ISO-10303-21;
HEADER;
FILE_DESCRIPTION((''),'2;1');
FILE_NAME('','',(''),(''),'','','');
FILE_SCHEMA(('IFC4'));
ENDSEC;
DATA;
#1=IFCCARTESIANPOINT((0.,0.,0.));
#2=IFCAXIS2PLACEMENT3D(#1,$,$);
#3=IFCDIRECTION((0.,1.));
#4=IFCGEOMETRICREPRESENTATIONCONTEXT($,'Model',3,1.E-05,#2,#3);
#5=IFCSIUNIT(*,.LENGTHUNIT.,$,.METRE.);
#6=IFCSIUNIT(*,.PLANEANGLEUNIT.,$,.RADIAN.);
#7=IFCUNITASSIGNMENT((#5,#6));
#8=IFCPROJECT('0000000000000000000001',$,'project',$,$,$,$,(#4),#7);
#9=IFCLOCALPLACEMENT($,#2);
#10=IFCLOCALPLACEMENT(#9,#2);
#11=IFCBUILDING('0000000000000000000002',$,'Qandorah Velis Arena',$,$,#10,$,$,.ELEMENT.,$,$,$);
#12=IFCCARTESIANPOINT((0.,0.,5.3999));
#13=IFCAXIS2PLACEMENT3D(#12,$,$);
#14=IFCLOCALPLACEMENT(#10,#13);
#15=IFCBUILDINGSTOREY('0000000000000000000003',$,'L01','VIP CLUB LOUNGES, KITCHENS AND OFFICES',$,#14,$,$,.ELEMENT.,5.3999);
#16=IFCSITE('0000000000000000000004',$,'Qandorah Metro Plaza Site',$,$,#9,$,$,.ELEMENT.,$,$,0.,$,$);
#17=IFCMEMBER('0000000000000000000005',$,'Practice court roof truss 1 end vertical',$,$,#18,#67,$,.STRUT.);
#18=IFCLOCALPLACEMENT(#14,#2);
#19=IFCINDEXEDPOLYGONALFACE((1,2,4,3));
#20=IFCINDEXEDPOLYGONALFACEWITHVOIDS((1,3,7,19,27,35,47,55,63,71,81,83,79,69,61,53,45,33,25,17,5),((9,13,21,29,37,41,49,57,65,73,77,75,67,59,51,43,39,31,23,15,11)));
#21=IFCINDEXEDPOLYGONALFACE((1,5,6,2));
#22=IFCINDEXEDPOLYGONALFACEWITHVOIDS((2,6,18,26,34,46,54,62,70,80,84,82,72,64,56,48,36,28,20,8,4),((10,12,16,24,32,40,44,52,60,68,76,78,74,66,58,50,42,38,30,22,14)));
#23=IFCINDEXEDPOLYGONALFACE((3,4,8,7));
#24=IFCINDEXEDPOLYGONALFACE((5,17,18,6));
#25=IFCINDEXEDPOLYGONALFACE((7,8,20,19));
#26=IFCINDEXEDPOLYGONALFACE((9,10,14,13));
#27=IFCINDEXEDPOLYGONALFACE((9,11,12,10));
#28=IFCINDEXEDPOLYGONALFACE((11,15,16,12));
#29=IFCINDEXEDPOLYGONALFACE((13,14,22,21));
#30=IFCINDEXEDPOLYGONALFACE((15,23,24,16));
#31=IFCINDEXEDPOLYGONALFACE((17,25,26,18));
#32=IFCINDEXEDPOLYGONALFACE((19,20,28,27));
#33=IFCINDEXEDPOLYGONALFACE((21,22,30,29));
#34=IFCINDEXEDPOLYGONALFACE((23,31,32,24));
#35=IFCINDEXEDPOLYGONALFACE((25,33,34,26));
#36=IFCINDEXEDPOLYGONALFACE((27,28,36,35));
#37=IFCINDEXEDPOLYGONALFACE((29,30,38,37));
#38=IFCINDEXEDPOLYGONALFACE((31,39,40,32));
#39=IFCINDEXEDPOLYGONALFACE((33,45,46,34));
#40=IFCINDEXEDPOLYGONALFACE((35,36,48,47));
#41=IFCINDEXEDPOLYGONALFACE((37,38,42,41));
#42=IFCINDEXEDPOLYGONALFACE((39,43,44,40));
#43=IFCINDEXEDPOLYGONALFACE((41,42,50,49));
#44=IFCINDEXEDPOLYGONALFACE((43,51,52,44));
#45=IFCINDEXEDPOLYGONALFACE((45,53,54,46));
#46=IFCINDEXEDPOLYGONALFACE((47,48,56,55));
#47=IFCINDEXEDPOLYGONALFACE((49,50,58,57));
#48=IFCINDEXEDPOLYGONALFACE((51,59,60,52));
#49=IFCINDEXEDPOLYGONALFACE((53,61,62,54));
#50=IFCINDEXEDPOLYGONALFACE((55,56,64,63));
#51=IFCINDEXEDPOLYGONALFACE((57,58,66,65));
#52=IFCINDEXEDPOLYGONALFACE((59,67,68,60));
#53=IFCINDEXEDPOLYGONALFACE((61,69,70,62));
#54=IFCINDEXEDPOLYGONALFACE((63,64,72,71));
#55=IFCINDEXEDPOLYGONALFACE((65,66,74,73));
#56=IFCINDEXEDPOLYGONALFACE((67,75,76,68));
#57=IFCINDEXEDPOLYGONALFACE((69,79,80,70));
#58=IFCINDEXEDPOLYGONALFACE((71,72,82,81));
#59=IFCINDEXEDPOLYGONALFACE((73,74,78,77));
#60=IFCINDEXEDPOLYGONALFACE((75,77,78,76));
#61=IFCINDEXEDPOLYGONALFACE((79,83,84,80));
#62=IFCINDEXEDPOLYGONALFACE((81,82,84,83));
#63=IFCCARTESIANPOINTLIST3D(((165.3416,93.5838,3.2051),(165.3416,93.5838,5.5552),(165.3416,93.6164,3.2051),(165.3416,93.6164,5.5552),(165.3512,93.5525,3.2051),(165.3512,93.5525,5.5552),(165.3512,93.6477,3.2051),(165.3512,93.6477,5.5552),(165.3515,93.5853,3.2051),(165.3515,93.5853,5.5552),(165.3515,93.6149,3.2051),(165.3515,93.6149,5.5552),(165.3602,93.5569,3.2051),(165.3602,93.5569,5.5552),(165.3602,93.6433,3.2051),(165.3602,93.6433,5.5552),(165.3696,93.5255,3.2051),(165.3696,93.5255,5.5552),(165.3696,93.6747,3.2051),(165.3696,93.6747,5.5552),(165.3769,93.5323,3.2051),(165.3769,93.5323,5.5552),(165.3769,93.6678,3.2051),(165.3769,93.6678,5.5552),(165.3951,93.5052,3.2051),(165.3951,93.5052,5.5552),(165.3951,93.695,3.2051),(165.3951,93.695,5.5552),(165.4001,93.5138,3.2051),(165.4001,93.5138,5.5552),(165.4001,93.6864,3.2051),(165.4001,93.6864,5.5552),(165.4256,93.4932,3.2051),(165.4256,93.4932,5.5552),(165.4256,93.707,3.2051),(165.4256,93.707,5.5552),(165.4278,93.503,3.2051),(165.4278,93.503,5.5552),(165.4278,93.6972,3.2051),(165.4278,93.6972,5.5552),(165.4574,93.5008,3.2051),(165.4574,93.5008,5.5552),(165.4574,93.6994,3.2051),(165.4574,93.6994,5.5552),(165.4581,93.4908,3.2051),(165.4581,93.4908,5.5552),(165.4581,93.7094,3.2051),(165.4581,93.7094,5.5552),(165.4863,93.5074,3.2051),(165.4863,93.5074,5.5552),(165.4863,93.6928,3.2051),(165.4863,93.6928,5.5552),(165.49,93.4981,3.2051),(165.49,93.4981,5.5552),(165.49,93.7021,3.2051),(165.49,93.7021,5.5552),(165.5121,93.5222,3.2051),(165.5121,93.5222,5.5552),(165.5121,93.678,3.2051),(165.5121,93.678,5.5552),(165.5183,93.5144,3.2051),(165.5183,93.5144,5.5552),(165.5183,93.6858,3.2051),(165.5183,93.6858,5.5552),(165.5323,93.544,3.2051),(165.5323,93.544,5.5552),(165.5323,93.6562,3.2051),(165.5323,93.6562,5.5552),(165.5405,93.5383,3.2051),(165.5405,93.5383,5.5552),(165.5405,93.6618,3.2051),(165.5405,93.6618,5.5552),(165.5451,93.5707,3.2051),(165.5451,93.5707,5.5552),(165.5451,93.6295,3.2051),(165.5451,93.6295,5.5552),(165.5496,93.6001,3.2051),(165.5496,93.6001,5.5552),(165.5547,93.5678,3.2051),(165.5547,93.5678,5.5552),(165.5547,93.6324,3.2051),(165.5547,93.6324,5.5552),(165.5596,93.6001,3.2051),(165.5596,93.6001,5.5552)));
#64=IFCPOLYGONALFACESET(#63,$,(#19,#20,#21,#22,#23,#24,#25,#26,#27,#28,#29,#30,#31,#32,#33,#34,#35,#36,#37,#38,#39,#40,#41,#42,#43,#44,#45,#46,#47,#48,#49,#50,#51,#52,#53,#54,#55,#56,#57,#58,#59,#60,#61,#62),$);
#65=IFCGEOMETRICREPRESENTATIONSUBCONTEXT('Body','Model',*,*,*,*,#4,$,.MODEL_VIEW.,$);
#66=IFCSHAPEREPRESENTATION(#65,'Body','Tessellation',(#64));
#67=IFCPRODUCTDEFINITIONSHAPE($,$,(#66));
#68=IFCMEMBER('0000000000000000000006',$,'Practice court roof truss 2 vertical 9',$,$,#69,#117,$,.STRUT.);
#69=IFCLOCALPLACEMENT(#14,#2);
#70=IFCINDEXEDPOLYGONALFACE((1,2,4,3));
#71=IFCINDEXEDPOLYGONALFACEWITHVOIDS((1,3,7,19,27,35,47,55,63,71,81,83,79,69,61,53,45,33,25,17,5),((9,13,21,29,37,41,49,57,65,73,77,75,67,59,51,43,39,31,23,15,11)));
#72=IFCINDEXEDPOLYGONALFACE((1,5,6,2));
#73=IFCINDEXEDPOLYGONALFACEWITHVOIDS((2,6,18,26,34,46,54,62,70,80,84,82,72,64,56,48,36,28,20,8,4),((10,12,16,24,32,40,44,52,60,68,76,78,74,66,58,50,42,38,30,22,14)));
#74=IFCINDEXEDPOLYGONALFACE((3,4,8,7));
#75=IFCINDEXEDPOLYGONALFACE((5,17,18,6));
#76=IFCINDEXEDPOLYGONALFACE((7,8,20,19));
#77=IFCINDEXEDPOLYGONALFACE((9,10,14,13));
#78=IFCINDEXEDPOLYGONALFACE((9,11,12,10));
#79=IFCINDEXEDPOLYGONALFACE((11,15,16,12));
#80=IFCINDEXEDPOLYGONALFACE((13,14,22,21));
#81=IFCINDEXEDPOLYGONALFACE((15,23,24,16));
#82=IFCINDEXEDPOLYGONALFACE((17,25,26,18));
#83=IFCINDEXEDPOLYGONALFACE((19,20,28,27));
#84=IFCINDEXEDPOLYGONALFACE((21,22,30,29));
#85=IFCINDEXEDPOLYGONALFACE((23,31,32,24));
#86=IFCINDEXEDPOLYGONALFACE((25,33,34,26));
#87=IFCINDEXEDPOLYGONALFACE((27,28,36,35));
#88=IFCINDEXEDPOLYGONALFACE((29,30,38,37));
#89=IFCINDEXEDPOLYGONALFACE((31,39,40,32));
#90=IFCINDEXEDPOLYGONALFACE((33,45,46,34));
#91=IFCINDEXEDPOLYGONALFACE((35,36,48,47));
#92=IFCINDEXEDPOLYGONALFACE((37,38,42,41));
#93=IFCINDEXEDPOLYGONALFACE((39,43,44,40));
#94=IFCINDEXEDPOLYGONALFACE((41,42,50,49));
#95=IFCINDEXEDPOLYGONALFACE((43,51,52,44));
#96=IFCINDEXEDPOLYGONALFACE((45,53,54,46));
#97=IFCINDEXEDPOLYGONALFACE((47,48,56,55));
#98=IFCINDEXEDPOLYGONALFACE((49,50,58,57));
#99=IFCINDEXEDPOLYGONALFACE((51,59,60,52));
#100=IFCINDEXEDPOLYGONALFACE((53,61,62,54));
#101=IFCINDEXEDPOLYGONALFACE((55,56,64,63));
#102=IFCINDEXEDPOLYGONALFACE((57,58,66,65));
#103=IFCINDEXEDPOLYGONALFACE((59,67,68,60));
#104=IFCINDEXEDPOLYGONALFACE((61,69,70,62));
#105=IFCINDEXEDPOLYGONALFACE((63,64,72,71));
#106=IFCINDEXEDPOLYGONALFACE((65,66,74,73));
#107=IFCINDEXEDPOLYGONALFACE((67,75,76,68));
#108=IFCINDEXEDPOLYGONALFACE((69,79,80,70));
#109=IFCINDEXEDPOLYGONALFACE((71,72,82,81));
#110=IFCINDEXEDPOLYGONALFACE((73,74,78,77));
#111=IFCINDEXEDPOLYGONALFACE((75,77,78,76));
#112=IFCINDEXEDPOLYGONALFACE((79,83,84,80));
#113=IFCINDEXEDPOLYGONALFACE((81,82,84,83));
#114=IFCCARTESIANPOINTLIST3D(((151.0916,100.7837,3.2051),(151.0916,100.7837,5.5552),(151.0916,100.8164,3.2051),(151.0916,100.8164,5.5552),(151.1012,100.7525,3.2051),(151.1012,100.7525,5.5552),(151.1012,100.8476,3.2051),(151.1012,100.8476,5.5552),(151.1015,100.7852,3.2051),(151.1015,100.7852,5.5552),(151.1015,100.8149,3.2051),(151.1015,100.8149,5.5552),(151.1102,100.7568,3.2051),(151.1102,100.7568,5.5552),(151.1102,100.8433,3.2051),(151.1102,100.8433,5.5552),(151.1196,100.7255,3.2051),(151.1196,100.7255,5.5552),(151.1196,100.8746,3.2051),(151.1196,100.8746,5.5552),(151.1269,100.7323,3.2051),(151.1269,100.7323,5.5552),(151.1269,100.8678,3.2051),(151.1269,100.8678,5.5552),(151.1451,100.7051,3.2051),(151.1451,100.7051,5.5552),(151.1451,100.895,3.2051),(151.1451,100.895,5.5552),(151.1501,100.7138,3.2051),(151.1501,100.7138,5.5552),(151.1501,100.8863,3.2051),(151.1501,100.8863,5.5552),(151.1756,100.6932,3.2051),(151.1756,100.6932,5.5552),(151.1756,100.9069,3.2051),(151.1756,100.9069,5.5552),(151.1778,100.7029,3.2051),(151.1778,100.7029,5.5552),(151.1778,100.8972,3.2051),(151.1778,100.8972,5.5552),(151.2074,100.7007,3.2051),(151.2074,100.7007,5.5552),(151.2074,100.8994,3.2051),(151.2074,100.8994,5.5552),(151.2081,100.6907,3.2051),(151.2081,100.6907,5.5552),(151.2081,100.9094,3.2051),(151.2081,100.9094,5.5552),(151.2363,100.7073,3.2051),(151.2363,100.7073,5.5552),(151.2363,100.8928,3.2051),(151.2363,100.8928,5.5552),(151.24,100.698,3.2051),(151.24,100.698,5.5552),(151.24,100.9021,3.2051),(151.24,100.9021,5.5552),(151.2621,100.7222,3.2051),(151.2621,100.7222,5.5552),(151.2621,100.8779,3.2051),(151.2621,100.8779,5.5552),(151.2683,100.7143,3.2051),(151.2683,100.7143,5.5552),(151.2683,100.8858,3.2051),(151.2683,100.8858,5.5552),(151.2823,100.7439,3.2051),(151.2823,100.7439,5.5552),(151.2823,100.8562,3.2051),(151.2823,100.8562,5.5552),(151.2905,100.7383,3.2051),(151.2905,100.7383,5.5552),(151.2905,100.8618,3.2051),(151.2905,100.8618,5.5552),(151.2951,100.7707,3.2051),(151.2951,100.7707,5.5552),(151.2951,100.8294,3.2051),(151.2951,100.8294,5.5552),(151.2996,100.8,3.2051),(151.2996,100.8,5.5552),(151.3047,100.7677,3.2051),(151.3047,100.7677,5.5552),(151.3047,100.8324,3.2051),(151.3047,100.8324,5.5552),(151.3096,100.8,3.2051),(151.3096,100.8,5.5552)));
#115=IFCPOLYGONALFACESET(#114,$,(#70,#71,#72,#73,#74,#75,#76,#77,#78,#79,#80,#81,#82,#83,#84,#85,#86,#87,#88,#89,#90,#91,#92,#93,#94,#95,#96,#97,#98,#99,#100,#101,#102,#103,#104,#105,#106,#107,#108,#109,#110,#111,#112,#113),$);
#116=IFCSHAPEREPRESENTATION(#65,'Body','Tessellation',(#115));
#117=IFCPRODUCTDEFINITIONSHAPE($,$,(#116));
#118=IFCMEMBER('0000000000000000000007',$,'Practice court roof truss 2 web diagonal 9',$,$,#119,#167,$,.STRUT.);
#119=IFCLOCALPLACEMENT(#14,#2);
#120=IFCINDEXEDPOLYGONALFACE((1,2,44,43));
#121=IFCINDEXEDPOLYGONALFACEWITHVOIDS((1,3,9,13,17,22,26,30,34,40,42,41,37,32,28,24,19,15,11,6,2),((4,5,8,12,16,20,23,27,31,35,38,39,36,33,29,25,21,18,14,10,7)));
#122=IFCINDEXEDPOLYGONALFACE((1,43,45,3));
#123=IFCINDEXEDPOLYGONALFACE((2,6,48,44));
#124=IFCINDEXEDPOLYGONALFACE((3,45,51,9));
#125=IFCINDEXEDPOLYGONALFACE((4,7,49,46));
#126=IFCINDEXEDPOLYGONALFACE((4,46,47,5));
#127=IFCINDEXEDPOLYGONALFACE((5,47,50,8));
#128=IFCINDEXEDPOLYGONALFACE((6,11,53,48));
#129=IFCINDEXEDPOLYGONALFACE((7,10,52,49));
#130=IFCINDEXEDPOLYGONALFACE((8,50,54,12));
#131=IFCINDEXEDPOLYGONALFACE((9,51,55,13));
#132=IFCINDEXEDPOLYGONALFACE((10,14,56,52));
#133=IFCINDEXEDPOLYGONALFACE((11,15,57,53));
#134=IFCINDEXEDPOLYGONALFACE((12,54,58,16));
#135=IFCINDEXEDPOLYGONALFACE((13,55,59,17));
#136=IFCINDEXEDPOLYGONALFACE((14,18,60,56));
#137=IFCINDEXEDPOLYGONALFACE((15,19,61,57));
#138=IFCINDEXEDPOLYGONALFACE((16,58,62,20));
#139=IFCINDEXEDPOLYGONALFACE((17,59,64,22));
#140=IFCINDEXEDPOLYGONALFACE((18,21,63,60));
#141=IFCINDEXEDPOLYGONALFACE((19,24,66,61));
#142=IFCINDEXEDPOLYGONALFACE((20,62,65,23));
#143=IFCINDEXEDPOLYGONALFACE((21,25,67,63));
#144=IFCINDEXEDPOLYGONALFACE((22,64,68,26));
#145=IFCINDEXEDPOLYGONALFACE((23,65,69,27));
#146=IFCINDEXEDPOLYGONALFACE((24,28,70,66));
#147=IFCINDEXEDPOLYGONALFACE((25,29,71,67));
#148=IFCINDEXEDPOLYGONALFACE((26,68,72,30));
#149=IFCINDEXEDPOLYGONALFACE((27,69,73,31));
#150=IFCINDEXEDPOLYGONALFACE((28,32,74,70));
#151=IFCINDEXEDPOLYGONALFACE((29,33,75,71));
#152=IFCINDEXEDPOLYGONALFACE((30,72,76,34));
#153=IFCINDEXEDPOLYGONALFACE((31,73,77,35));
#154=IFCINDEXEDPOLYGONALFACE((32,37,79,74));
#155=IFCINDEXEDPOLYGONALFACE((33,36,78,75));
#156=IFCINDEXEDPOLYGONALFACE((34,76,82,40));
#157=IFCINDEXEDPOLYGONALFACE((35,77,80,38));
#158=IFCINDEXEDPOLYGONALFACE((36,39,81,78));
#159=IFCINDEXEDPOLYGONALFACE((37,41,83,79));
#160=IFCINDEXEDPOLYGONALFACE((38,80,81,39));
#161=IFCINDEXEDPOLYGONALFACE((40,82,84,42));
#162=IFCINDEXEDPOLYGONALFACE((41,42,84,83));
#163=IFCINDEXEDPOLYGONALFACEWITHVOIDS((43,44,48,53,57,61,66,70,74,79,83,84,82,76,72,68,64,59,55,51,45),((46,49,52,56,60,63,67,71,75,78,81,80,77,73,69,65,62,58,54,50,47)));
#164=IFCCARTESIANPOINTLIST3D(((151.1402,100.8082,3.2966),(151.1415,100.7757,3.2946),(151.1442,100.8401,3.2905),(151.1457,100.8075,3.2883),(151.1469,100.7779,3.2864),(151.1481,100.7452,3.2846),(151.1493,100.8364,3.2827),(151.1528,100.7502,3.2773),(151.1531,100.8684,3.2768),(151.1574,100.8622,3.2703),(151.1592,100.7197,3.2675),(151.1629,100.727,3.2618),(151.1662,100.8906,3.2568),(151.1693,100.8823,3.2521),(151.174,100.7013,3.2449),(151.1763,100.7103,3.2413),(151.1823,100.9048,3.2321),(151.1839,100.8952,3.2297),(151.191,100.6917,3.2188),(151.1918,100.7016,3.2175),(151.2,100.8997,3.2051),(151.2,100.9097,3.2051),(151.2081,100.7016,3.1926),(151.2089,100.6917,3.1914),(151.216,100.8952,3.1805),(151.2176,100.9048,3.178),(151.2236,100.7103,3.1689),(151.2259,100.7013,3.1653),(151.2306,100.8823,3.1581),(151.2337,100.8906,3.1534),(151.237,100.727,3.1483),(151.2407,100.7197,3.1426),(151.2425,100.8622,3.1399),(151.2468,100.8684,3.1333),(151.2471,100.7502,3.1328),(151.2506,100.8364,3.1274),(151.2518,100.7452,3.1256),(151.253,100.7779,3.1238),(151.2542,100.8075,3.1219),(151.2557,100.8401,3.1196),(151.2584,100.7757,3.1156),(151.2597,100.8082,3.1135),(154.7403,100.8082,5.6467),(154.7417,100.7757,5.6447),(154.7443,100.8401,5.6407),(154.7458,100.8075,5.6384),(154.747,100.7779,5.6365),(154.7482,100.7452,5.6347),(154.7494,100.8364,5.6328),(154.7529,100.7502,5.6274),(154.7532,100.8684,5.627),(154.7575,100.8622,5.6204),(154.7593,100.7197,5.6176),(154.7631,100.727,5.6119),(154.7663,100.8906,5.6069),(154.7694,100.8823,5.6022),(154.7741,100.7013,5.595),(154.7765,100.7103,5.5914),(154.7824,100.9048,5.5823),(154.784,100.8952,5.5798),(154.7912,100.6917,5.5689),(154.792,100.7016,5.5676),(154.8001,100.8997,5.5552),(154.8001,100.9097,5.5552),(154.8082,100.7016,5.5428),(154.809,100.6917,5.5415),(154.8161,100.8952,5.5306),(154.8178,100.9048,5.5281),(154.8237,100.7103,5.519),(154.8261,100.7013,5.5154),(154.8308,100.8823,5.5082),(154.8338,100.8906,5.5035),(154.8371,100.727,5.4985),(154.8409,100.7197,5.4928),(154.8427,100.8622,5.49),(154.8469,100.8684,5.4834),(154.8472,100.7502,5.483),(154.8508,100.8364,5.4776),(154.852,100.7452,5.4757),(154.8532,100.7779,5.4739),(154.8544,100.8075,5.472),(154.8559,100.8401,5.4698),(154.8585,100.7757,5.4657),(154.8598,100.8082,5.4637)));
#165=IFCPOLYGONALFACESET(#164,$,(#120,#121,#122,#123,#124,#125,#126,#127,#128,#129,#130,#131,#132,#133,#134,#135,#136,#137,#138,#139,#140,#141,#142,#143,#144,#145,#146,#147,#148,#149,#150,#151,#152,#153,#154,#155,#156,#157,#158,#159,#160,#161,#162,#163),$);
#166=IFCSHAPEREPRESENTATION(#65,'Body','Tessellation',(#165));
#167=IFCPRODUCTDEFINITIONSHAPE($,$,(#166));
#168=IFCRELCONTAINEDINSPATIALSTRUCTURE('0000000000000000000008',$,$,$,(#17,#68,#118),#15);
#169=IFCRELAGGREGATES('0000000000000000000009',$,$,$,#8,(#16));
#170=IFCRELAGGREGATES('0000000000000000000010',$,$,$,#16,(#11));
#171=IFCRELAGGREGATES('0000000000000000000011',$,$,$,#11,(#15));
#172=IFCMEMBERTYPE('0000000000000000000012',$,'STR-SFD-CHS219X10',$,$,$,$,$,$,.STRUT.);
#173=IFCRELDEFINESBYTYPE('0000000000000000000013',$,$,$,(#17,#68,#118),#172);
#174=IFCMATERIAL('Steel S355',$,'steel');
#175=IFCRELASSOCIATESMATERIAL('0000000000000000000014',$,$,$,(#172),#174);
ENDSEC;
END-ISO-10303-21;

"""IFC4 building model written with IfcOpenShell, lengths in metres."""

from ifc_helpers import new_model, si_unit, direction, frame, origin, origin_2d, place, context, subcontext, project, spatial, hollow_circle, extrude, material, material_profile, profile_set, type_object, element, save


model = new_model("IFC4")

# Units and contexts
model_context = context("Model", 3, precision=1e-05, world=origin(), true_north=direction((0.0, 1.0)))
body_context = subcontext(model_context, "Body", "Model", "MODEL_VIEW")
ifc_project = project(units=[si_unit("LENGTHUNIT", "METRE"), si_unit("PLANEANGLEUNIT", "RADIAN")], contexts=[model_context])

# Site, building, storey
site_placement = place(None, origin())
site = spatial("IfcSite", under=ifc_project, at=site_placement, Name="Qandorah Metro Plaza Site", CompositionType="ELEMENT", RefElevation=0.0)
building_placement = place(site_placement, origin())
building = spatial("IfcBuilding", under=site, at=building_placement, Name="Qandorah Velis Arena", CompositionType="ELEMENT")
storey_placement = place(building_placement, frame((0.0, 0.0, 5.3999)))
storey = spatial("IfcBuildingStorey", under=building, at=storey_placement, Name="L01", Description="VIP CLUB LOUNGES, KITCHENS AND OFFICES", CompositionType="ELEMENT", Elevation=5.3999)

# Shared definitions
ifc_material_1 = material(Name="Steel S355", Category="steel")

# Members
ifc_material_profile_1 = material_profile(ifc_material_1, hollow_circle(Radius=0.1096, WallThickness=0.01, at=origin_2d()), Name="CHS 219.1x10")
ifc_profile_set_1 = profile_set([ifc_material_profile_1], Name="Steel S355")
member_type = type_object("IfcMemberType", Name="STR-SFD-CHS219X10", PredefinedType="STRUT", material=ifc_profile_set_1)
for number, where, z_axis, x_axis, name in (
    (1, (165.45, 93.6001, 3.2051), (0.0, 0.0, 1.0), (1.0, 0.0, 0.0), "Practice court roof truss 1 end vertical"),
    (2, (151.2, 100.8, 3.2051), (0.0, 0.0, 1.0), (1.0, 0.0, 0.0), "Practice court roof truss 2 vertical 9"),
):
    element("IfcMember", number, at=place(storey_placement, frame(where, z_axis=z_axis, x_axis=x_axis)), inside=storey, type_object=member_type, Name=name, PredefinedType="STRUT", context=body_context, shape_type="SweptSolid", body=[
        extrude(hollow_circle(Radius=0.1096, WallThickness=0.01, at=origin_2d()), origin(), (0.0, 0.0, 1.0), 2.3501),
    ])
member_1_placement = place(storey_placement, frame((151.2, 100.8, 3.2051), z_axis=(0.837376, 0.0, 0.546628), x_axis=(0.0, 1.0, 0.0)))
element("IfcMember", 3, at=member_1_placement, inside=storey, type_object=member_type, Name="Practice court roof truss 2 web diagonal 9", PredefinedType="STRUT", context=body_context, shape_type="SweptSolid", body=[
    extrude(hollow_circle(Radius=0.1096, WallThickness=0.01, at=origin_2d()), origin(), (0.0, 0.0, 1.0), 4.2993),
])

save(model, "model.ifc")
